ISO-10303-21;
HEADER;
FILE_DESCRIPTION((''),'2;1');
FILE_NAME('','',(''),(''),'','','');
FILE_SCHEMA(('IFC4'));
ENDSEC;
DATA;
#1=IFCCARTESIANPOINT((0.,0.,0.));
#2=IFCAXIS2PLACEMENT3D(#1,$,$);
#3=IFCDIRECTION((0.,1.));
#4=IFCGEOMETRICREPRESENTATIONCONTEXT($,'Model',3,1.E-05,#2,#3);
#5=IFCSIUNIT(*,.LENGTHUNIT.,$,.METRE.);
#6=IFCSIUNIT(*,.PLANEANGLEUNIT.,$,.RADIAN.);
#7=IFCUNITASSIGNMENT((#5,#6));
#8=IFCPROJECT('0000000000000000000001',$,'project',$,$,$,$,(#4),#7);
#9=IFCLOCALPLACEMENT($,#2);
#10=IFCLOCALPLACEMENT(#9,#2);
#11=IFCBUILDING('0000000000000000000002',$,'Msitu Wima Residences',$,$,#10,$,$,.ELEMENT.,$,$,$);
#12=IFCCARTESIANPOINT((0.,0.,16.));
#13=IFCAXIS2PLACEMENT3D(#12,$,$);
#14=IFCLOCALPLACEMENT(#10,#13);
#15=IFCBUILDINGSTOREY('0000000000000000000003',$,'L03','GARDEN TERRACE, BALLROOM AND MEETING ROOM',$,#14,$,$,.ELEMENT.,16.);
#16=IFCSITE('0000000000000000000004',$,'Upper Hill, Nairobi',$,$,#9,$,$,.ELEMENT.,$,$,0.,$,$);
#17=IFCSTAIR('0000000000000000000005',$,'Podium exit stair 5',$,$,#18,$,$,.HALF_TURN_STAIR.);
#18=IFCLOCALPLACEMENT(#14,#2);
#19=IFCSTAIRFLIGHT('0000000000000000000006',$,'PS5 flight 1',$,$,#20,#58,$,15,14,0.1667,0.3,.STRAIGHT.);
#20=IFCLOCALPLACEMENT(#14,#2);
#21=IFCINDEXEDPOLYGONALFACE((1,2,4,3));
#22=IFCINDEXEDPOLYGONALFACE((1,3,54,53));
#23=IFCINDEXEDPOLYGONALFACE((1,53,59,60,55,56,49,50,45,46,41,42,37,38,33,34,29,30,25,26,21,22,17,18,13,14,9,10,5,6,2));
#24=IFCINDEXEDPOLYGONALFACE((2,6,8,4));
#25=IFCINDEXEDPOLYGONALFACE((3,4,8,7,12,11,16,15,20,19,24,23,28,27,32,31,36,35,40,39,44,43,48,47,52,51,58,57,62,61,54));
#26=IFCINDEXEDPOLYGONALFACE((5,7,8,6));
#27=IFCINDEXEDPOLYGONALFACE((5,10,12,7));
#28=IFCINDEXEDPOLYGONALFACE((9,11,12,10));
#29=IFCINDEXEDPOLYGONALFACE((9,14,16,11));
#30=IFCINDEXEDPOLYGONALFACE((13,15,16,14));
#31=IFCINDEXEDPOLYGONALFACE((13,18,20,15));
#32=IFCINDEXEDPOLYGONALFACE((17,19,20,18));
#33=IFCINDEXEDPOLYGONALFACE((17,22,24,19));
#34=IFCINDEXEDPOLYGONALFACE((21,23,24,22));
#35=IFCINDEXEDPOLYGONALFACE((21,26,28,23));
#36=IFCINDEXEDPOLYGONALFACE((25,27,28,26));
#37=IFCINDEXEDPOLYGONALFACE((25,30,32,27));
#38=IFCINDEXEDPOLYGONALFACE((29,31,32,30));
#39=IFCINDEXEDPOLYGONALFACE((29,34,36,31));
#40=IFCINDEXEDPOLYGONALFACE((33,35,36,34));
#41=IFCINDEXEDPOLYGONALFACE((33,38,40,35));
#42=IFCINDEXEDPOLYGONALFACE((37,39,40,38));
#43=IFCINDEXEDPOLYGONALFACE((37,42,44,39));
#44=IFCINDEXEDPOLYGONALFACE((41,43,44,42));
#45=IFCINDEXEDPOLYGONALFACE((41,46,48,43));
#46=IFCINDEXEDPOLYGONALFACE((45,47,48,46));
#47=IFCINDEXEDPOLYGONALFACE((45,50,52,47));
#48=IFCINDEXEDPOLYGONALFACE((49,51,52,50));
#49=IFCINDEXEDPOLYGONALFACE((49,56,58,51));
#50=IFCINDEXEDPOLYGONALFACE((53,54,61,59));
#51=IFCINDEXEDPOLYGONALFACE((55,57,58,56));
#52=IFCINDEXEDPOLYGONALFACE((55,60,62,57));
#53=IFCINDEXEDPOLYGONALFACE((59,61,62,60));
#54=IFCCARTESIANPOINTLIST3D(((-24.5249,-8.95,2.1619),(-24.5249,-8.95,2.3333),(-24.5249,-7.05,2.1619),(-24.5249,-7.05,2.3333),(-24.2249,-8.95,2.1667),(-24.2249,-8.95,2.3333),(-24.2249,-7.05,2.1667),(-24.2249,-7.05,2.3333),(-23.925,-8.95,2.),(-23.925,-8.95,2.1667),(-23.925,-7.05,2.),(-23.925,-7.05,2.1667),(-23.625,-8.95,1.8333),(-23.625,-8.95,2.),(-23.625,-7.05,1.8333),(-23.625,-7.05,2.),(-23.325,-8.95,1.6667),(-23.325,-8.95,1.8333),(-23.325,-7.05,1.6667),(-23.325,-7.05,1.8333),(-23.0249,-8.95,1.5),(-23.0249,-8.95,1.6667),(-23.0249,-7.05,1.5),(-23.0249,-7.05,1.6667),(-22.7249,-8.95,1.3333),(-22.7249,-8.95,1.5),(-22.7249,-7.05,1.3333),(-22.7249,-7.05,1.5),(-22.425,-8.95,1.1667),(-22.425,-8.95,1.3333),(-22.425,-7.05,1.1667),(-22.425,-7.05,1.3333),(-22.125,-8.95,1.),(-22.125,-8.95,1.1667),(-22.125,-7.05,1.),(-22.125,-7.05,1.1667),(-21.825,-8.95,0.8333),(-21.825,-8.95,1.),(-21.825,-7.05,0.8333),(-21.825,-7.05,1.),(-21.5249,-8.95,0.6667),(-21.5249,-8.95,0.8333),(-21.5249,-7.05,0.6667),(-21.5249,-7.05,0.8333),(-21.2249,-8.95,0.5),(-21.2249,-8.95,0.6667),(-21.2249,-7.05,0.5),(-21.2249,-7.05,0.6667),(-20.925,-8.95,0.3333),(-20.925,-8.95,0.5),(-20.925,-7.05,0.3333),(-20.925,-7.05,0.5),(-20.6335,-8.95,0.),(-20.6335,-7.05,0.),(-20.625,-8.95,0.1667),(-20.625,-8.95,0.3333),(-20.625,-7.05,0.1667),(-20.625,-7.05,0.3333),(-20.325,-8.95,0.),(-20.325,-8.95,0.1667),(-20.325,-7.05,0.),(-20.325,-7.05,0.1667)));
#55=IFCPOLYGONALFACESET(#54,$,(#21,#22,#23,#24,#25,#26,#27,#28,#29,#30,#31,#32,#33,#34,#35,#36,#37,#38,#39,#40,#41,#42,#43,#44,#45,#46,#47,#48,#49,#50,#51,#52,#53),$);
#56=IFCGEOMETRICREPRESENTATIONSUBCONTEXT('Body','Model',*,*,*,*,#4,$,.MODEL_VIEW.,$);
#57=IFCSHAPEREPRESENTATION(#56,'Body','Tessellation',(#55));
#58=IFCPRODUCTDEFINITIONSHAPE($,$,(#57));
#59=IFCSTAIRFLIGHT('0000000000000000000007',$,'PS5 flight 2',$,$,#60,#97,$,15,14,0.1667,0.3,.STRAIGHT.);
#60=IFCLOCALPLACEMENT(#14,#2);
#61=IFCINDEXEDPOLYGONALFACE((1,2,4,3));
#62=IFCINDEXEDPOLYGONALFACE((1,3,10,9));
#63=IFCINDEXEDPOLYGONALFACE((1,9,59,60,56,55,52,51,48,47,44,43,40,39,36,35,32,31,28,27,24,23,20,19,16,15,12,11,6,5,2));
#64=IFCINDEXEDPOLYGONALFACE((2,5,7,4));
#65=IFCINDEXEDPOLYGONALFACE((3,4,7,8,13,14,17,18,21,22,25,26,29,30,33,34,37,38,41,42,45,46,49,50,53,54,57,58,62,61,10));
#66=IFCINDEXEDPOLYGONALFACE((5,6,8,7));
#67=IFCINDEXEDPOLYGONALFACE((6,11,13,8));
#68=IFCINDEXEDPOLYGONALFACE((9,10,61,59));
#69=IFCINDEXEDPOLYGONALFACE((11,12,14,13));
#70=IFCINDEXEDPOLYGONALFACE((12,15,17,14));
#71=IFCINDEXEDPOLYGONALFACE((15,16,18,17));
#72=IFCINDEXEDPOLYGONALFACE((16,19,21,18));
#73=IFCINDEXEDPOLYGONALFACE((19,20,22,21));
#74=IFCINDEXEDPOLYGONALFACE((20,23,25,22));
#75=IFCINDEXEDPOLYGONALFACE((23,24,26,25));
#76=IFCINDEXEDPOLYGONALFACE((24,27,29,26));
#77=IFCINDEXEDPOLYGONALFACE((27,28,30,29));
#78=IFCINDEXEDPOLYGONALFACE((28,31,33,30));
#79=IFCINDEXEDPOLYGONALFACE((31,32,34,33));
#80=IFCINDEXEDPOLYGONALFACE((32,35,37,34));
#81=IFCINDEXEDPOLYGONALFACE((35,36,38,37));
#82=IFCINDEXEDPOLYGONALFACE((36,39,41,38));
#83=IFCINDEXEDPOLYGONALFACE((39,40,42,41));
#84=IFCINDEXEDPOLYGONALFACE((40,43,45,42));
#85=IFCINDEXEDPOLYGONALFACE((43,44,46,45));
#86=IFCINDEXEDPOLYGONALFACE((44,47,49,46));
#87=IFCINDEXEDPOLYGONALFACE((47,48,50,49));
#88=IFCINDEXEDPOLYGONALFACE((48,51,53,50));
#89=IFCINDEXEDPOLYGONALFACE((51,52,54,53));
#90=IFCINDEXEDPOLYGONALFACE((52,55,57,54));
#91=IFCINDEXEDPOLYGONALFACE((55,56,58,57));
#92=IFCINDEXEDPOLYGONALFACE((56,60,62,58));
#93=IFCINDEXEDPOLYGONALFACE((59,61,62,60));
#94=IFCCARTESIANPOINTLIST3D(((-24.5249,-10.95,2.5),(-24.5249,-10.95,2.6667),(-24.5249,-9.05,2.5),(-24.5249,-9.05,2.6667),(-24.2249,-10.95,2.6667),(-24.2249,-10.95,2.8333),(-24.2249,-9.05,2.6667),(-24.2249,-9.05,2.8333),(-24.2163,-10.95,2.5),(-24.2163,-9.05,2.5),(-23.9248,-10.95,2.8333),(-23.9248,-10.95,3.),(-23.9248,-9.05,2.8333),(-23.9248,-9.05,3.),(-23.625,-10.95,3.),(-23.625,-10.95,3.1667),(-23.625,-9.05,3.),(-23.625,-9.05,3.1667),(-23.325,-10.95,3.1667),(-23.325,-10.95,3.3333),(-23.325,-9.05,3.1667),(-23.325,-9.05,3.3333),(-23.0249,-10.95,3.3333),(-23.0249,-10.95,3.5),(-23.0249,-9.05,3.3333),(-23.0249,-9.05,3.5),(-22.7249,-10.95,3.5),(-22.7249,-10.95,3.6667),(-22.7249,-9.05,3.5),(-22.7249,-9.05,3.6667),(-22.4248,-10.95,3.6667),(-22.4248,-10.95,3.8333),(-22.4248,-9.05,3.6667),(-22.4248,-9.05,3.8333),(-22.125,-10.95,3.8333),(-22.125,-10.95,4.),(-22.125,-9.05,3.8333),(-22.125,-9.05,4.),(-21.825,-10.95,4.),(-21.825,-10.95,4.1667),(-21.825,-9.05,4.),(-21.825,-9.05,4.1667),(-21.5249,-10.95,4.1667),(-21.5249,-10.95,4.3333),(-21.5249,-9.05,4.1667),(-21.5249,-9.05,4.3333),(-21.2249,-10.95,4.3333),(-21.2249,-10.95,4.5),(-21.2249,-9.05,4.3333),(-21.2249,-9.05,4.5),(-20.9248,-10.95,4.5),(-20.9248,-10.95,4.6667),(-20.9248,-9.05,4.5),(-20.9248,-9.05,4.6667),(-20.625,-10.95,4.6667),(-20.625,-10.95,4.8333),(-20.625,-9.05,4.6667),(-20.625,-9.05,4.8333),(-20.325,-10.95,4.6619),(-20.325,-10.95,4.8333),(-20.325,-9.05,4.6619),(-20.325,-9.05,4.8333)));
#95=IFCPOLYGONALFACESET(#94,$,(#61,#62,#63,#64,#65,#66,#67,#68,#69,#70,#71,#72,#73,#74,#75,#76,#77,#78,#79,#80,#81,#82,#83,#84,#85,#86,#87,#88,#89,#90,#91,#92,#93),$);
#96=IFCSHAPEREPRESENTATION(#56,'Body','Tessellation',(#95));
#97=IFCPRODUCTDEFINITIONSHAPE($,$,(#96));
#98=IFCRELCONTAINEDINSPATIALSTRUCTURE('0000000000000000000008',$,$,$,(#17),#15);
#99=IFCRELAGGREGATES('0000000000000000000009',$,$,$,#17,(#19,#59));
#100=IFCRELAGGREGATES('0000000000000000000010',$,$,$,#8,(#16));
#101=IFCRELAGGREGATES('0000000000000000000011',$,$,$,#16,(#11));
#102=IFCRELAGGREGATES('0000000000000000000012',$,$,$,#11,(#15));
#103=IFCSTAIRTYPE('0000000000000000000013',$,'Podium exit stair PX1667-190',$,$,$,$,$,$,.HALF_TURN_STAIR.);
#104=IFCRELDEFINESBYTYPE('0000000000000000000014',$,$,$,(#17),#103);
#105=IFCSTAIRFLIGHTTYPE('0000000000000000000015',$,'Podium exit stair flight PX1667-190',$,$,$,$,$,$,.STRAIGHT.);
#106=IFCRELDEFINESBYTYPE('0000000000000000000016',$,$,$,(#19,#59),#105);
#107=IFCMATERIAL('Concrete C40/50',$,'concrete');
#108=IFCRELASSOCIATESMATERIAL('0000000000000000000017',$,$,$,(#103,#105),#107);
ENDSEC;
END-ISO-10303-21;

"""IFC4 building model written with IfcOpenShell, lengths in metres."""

from ifc_helpers import new_model, si_unit, direction, frame, origin, place, context, subcontext, project, spatial, polyline, outline, extrude, material, type_object, element, aggregate, save


model = new_model("IFC4")

# Units and contexts
model_context = context("Model", 3, precision=1e-05, world=origin(), true_north=direction((0.0, 1.0)))
body_context = subcontext(model_context, "Body", "Model", "MODEL_VIEW")
ifc_project = project(units=[si_unit("LENGTHUNIT", "METRE"), si_unit("PLANEANGLEUNIT", "RADIAN")], contexts=[model_context])

# Site, building, storey
site_placement = place(None, origin())
site = spatial("IfcSite", under=ifc_project, at=site_placement, Name="Upper Hill, Nairobi", CompositionType="ELEMENT", RefElevation=0.0)
building_placement = place(site_placement, origin())
building = spatial("IfcBuilding", under=site, at=building_placement, Name="Msitu Wima Residences", CompositionType="ELEMENT")
storey_placement = place(building_placement, frame((0.0, 0.0, 16.0)))
storey = spatial("IfcBuildingStorey", under=building, at=storey_placement, Name="L03", Description="GARDEN TERRACE, BALLROOM AND MEETING ROOM", CompositionType="ELEMENT", Elevation=16.0)

# Shared definitions
ifc_material_1 = material(Name="Concrete C40/50", Category="concrete")

# Stair, stair flights
stair_type = type_object("IfcStairType", Name="Podium exit stair PX1667-190", PredefinedType="HALF_TURN_STAIR", material=ifc_material_1)
stair_placement = place(storey_placement, origin())
stair = element("IfcStair", 1, at=stair_placement, inside=storey, type_object=stair_type, Name="Podium exit stair 5", PredefinedType="HALF_TURN_STAIR")
stair_flight_type = type_object("IfcStairFlightType", Name="Podium exit stair flight PX1667-190", PredefinedType="STRAIGHT", material=ifc_material_1)
stair_flight_1_placement = place(storey_placement, frame((-20.325, -8.0, 0.0), z_axis=(0.0, 0.0, 1.0), x_axis=(-1.0, 0.0, 0.0)))
stair_flight_1 = element("IfcStairFlight", 2, at=stair_flight_1_placement, type_object=stair_flight_type, Name="PS5 flight 1", NumberOfRisers=15, NumberOfTreads=14, PredefinedType="STRAIGHT", RiserHeight=0.1667, TreadLength=0.3, context=body_context, shape_type="SweptSolid", body=[
    extrude(outline(polyline([(0.0, 0.0), (0.0, 0.1667), (0.3, 0.1667), (0.3, 0.3333), (0.6001, 0.3333), (0.6001, 0.5), (0.8999, 0.5), (0.8999, 0.6667), (1.2, 0.6667), (1.2, 0.8333), (1.5, 0.8333), (1.5, 1.0), (1.8, 1.0), (1.8, 1.1667), (2.1001, 1.1667), (2.1001, 1.3333), (2.3999, 1.3333), (2.3999, 1.5), (2.7, 1.5), (2.7, 1.6667), (3.0, 1.6667), (3.0, 1.8333), (3.3, 1.8333), (3.3, 2.0), (3.6001, 2.0), (3.6001, 2.1667), (3.8999, 2.1667), (3.8999, 2.3333), (4.2, 2.3333), (4.2, 2.5), (4.2, 2.1619), (0.3086, 0.0), (0.0, 0.0)])), frame((0.0, 0.95, 0.0), z_axis=(0.0, -1.0, 0.0), x_axis=(1.0, 0.0, 0.0)), (0.0, 0.0, 1.0), 1.8999),
])
stair_flight_2_placement = place(storey_placement, frame((-24.5249, -10.0, 2.5), z_axis=(0.0, 0.0, 1.0), x_axis=(1.0, 0.0, 0.0)))
stair_flight_2 = element("IfcStairFlight", 3, at=stair_flight_2_placement, type_object=stair_flight_type, Name="PS5 flight 2", NumberOfRisers=15, NumberOfTreads=14, PredefinedType="STRAIGHT", RiserHeight=0.1667, TreadLength=0.3, context=body_context, shape_type="SweptSolid", body=[
    extrude(outline(polyline([(0.0, 0.0), (0.0, 0.1667), (0.3, 0.1667), (0.3, 0.3333), (0.6001, 0.3333), (0.6001, 0.5), (0.8999, 0.5), (0.8999, 0.6667), (1.2, 0.6667), (1.2, 0.8333), (1.5, 0.8333), (1.5, 1.0), (1.8, 1.0), (1.8, 1.1667), (2.1001, 1.1667), (2.1001, 1.3333), (2.3999, 1.3333), (2.3999, 1.5), (2.7, 1.5), (2.7, 1.6667), (3.0, 1.6667), (3.0, 1.8333), (3.3, 1.8333), (3.3, 2.0), (3.6001, 2.0), (3.6001, 2.1667), (3.8999, 2.1667), (3.8999, 2.3333), (4.2, 2.3333), (4.2, 2.5), (4.2, 2.1619), (0.3086, 0.0), (0.0, 0.0)])), frame((0.0, 0.95, 0.0), z_axis=(0.0, -1.0, 0.0), x_axis=(1.0, 0.0, 0.0)), (0.0, 0.0, 1.0), 1.8999),
])
aggregate(stair, [stair_flight_1, stair_flight_2])

save(model, "model.ifc")
